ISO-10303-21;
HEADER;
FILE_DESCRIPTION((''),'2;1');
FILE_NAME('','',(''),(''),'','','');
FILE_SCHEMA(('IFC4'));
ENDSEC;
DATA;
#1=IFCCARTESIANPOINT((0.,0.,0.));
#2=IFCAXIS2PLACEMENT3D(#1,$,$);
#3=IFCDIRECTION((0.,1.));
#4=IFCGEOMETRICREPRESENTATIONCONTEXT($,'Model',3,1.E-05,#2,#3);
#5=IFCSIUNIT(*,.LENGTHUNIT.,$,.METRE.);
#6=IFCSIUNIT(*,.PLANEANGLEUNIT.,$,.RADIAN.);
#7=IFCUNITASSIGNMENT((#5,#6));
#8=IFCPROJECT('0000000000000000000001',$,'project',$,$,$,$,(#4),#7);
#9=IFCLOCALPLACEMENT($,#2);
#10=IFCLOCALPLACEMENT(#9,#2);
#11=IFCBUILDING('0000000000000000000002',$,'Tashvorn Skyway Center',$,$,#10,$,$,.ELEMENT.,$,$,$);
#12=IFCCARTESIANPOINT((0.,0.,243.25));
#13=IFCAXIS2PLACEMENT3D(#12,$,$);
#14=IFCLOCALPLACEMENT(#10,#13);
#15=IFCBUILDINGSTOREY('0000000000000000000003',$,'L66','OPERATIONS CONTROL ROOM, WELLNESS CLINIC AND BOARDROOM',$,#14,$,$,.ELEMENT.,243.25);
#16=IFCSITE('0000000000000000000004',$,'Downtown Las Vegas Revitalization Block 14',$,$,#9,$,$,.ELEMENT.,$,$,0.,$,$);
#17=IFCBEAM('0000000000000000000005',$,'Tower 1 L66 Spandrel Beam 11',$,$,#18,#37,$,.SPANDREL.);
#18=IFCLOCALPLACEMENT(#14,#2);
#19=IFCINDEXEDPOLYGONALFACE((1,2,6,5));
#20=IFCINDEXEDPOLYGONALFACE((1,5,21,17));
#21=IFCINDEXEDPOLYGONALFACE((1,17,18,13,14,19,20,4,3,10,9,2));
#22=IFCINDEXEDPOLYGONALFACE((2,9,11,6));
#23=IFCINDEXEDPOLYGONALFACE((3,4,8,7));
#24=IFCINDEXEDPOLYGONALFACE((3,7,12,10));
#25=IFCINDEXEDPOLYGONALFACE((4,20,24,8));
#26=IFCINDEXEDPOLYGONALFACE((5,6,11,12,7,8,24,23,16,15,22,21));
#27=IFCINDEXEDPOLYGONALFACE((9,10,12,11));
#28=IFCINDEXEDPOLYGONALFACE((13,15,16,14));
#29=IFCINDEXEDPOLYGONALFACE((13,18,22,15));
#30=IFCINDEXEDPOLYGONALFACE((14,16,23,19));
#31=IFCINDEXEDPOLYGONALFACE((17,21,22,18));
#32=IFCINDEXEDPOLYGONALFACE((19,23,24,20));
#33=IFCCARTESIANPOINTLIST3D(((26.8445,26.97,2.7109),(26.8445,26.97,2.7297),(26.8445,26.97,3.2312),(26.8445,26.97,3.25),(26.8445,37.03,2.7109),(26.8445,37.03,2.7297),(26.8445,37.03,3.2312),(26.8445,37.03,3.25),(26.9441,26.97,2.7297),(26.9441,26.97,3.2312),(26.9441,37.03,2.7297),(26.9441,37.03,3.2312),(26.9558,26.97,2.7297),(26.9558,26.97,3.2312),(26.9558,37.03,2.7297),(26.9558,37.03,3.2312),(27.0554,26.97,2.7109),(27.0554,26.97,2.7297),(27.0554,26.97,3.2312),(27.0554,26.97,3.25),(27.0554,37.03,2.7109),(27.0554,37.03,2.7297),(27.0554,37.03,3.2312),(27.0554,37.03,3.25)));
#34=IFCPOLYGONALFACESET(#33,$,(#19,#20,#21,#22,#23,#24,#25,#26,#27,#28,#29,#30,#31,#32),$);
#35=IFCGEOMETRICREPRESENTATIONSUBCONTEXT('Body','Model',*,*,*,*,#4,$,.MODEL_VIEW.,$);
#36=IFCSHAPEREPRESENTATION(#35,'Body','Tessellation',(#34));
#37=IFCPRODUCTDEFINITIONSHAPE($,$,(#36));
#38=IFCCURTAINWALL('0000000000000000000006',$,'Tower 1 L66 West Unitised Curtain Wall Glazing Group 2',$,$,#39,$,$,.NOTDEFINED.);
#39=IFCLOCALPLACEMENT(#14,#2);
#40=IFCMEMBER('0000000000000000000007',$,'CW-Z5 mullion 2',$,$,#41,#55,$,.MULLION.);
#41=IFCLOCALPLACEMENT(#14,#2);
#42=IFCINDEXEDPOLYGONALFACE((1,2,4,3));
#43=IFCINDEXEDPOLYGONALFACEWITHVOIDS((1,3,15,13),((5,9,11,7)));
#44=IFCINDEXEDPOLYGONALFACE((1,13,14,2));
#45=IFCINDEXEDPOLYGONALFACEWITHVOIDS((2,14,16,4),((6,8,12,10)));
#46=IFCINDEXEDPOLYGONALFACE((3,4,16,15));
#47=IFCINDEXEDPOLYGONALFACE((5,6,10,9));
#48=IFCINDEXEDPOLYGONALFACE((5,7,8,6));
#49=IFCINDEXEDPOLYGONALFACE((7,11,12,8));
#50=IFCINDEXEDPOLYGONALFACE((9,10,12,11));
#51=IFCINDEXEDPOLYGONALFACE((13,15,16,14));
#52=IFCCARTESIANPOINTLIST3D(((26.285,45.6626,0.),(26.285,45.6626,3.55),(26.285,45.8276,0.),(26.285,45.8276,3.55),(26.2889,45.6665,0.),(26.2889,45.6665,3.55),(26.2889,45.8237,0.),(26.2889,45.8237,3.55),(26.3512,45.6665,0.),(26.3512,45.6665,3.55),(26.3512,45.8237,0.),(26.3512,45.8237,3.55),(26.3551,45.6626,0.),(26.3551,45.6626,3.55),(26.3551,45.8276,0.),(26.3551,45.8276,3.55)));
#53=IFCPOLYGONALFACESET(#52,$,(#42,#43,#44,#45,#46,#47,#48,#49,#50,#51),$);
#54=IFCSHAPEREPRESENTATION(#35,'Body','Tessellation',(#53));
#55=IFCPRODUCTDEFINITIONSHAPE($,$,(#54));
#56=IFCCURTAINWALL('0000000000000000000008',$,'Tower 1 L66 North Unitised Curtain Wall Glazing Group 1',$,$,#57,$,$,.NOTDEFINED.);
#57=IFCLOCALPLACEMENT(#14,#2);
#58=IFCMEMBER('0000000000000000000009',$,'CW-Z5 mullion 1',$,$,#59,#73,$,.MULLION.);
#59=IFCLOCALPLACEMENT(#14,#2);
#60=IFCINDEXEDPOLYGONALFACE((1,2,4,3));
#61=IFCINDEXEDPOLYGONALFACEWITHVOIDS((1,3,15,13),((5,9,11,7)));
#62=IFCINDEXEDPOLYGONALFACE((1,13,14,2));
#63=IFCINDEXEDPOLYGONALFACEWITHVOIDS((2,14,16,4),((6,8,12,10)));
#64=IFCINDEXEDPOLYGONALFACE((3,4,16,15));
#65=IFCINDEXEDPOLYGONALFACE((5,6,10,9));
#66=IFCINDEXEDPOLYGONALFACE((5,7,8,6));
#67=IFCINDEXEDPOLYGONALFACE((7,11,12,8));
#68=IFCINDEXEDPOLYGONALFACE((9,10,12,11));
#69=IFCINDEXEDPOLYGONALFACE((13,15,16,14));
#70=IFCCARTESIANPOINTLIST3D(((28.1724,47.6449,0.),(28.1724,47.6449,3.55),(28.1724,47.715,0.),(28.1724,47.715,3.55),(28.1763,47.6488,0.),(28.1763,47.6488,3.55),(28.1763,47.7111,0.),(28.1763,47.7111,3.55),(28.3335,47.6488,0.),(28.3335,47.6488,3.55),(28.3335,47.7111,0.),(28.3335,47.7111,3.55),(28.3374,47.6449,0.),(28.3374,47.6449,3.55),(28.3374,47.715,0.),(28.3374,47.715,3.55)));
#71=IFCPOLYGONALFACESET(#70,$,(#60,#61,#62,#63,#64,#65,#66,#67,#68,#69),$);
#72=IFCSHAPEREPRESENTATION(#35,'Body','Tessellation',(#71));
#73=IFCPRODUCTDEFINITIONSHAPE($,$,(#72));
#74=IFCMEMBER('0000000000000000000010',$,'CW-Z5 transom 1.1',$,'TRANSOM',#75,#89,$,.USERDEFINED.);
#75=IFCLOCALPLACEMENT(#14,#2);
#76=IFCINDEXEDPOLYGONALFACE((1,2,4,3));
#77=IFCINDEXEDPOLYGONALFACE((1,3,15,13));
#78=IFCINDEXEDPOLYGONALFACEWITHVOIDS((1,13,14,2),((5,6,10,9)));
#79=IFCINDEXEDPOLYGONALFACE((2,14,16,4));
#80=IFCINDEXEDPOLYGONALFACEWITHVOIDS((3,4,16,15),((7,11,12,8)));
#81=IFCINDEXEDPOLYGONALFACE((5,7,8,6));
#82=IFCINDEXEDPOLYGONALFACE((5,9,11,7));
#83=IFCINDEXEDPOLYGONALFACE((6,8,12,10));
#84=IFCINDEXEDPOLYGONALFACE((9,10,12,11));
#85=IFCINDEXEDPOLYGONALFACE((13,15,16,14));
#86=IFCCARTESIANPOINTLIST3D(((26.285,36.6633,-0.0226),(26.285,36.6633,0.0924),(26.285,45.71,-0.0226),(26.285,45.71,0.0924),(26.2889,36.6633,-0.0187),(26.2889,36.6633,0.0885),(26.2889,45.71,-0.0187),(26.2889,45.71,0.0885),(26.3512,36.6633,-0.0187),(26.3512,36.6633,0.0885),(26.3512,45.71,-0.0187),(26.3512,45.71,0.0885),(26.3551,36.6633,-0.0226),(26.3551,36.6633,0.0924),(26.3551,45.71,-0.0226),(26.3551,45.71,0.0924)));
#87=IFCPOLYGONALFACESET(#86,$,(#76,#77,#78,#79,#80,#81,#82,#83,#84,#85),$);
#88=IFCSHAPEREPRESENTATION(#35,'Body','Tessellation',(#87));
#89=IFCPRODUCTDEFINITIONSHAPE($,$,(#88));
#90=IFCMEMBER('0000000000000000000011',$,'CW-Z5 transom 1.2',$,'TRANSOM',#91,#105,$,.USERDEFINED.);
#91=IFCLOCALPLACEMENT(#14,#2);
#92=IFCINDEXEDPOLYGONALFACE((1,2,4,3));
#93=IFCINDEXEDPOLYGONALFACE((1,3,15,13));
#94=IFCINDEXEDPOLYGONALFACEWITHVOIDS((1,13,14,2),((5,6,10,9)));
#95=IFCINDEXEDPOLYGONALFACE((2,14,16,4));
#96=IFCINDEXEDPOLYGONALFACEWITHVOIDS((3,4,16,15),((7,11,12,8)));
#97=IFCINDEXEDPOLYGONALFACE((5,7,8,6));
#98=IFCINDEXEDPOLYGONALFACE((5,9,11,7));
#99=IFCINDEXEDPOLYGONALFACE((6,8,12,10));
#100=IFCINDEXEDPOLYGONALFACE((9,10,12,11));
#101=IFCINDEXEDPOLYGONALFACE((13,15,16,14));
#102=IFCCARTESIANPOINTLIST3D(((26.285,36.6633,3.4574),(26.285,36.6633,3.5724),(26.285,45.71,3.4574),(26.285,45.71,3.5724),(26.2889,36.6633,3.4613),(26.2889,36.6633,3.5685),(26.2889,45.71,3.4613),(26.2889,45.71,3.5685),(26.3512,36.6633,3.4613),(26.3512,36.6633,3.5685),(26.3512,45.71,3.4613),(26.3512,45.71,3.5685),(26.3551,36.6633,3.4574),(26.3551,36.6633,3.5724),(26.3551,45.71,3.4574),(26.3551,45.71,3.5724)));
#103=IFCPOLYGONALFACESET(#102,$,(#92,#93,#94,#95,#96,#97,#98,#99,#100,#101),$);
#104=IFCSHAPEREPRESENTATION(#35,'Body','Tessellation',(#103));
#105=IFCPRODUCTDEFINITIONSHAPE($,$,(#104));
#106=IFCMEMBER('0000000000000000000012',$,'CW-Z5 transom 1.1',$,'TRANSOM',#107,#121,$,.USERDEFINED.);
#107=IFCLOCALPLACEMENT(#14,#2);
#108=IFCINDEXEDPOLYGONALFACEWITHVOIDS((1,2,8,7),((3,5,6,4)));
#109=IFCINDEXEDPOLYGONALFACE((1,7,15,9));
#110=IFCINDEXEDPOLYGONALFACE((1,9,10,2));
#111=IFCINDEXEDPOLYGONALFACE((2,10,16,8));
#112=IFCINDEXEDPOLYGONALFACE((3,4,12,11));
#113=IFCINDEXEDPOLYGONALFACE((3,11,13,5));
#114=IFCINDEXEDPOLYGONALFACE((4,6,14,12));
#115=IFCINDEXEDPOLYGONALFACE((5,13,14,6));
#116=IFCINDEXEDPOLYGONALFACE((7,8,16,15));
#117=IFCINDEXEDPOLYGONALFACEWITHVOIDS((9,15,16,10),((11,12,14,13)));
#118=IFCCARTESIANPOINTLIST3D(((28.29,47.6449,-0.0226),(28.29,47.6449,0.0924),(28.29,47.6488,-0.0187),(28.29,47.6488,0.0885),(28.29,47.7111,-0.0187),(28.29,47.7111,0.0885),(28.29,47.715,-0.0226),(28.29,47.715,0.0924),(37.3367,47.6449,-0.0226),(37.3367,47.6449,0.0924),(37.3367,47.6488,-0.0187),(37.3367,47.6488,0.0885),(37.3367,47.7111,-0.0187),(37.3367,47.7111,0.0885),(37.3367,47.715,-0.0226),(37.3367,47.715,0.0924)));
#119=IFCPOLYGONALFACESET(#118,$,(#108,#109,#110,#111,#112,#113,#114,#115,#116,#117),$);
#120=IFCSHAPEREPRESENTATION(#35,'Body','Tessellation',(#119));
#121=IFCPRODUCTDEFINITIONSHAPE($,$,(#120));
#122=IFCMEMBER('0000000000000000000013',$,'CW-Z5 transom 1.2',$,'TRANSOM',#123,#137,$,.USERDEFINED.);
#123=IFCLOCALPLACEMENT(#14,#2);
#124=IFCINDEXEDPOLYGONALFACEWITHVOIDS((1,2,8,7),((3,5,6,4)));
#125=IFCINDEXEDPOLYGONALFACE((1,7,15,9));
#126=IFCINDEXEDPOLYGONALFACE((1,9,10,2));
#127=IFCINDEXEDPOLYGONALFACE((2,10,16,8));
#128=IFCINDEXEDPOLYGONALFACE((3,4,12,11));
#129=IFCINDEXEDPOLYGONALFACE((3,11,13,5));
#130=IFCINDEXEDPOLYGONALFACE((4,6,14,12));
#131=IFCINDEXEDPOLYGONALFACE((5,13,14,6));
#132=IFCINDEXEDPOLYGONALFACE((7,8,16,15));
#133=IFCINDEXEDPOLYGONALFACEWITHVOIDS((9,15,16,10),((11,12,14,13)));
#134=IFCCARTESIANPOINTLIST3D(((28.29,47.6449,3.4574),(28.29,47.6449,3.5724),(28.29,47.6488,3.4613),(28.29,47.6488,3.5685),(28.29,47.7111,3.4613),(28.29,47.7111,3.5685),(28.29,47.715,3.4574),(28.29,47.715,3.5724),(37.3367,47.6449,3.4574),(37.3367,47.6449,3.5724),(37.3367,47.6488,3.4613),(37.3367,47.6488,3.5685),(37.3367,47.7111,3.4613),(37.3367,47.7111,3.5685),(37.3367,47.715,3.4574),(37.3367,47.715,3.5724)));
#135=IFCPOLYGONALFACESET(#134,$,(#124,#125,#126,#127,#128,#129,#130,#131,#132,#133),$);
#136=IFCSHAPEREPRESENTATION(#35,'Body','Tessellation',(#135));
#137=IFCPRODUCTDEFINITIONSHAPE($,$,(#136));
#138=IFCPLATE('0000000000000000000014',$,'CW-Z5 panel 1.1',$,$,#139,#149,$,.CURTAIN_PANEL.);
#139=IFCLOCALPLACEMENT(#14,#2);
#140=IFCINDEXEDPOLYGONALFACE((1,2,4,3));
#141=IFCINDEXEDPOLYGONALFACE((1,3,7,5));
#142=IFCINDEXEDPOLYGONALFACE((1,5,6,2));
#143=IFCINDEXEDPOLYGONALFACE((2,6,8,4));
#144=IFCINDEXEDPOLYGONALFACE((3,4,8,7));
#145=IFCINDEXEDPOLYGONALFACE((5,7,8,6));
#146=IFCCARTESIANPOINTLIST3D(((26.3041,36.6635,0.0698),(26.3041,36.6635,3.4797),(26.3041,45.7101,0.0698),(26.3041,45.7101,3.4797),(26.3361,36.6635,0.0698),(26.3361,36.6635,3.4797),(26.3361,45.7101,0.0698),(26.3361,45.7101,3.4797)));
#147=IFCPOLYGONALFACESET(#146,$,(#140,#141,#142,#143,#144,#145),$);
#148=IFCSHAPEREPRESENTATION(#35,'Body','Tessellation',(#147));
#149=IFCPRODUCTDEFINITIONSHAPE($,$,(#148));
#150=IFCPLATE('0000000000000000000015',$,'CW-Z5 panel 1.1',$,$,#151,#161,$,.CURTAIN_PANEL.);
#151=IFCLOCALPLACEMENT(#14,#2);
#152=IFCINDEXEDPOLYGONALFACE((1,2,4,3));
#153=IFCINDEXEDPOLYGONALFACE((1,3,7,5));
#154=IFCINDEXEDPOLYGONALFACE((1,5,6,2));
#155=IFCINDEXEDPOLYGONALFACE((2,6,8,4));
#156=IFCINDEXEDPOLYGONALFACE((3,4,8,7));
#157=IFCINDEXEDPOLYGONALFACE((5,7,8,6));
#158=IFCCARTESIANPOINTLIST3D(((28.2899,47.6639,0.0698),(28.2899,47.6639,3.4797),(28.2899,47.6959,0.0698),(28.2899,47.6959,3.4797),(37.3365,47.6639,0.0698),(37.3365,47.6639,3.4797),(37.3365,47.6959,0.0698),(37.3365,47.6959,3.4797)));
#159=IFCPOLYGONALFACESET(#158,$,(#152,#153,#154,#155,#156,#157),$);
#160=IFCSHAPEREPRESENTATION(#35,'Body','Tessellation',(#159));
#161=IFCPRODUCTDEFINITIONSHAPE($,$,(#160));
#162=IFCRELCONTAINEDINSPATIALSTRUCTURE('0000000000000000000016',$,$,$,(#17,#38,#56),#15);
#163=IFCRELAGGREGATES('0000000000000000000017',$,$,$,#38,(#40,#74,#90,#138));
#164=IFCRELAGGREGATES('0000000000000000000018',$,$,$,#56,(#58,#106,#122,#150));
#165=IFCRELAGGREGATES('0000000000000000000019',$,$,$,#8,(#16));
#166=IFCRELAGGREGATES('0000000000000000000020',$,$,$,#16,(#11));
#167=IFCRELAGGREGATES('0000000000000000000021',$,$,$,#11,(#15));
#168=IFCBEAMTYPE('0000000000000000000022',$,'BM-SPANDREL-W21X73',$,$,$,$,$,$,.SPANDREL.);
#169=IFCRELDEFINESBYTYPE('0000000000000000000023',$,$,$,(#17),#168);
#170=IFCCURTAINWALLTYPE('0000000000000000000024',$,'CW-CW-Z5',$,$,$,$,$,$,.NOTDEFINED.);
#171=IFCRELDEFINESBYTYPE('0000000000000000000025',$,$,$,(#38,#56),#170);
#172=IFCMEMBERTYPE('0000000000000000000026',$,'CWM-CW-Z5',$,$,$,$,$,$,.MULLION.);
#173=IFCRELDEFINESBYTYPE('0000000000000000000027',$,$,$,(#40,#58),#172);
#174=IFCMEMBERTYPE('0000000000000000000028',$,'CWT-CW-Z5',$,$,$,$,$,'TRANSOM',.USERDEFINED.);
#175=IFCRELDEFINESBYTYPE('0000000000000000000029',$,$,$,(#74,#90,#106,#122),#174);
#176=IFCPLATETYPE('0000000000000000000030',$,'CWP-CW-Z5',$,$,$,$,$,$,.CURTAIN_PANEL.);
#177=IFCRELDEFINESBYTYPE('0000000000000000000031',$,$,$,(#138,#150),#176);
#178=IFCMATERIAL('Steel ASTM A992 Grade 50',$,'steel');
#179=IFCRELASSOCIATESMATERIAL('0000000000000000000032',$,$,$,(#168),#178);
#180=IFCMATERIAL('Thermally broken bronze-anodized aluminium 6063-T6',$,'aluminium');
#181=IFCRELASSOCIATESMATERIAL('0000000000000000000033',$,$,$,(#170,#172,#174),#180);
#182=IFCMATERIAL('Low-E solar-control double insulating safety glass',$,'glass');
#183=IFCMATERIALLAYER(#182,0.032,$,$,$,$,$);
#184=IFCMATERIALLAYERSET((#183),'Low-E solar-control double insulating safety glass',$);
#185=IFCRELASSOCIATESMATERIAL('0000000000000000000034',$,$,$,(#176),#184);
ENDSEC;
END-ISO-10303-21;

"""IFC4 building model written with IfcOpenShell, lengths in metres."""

from ifc_helpers import new_model, si_unit, direction, frame, origin, origin_2d, place, context, subcontext, project, spatial, rectangle, hollow_rectangle, i_section, extrude, material, layer, layer_set, material_profile, profile_set, type_object, element, aggregate, save


model = new_model("IFC4")

# Units and contexts
model_context = context("Model", 3, precision=1e-05, world=origin(), true_north=direction((0.0, 1.0)))
body_context = subcontext(model_context, "Body", "Model", "MODEL_VIEW")
ifc_project = project(units=[si_unit("LENGTHUNIT", "METRE"), si_unit("PLANEANGLEUNIT", "RADIAN")], contexts=[model_context])

# Site, building, storey
site_placement = place(None, origin())
site = spatial("IfcSite", under=ifc_project, at=site_placement, Name="Downtown Las Vegas Revitalization Block 14", CompositionType="ELEMENT", RefElevation=0.0)
building_placement = place(site_placement, origin())
building = spatial("IfcBuilding", under=site, at=building_placement, Name="Tashvorn Skyway Center", CompositionType="ELEMENT")
storey_placement = place(building_placement, frame((0.0, 0.0, 243.25)))
storey = spatial("IfcBuildingStorey", under=building, at=storey_placement, Name="L66", Description="OPERATIONS CONTROL ROOM, WELLNESS CLINIC AND BOARDROOM", CompositionType="ELEMENT", Elevation=243.25)

# Beam
ifc_material_1 = material(Name="Steel ASTM A992 Grade 50", Category="steel")
ifc_material_profile_1 = material_profile(ifc_material_1, i_section(OverallWidth=0.2109, OverallDepth=0.5391, WebThickness=0.0117, FlangeThickness=0.0188, at=origin_2d()), Name="W21X73")
ifc_profile_set_1 = profile_set([ifc_material_profile_1], Name="Steel ASTM A992 Grade 50")
beam_type_1 = type_object("IfcBeamType", Name="BM-SPANDREL-W21X73", PredefinedType="SPANDREL", material=ifc_profile_set_1)
beam_1_placement = place(storey_placement, frame((26.95, 37.03, 2.9805), z_axis=(0.0, -1.0, 0.0), x_axis=(1.0, 0.0, 0.0)))
element("IfcBeam", 1, at=beam_1_placement, inside=storey, type_object=beam_type_1, Name="Tower 1 L66 Spandrel Beam 11", PredefinedType="SPANDREL", context=body_context, shape_type="SweptSolid", body=[
    extrude(i_section(OverallWidth=0.2109, OverallDepth=0.5391, WebThickness=0.0117, FlangeThickness=0.0188, at=origin_2d()), origin(), (0.0, 0.0, 1.0), 10.0601),
])

# Curtain walls, members
ifc_material_2 = material(Name="Thermally broken bronze-anodized aluminium 6063-T6", Category="aluminium")
curtain_wall_type = type_object("IfcCurtainWallType", Name="CW-CW-Z5", PredefinedType="NOTDEFINED", material=ifc_material_2)
curtain_wall_1_placement = place(storey_placement, origin())
curtain_wall_1 = element("IfcCurtainWall", 2, at=curtain_wall_1_placement, inside=storey, type_object=curtain_wall_type, Name="Tower 1 L66 West Unitised Curtain Wall Glazing Group 2", PredefinedType="NOTDEFINED")
ifc_material_profile_2 = material_profile(ifc_material_2, hollow_rectangle(XDim=0.0701, YDim=0.165, WallThickness=0.0039, at=origin_2d()), Name="ALU-MULL-70x165")
ifc_profile_set_2 = profile_set([ifc_material_profile_2], Name="Thermally broken bronze-anodized aluminium 6063-T6")
member_type_1 = type_object("IfcMemberType", Name="CWM-CW-Z5", PredefinedType="MULLION", material=ifc_profile_set_2)
member_1_placement = place(storey_placement, frame((26.3201, 45.7451, 0.0), z_axis=(0.0, 0.0, 1.0), x_axis=(-1.0, 0.0, 0.0)))
member_1 = element("IfcMember", 3, at=member_1_placement, type_object=member_type_1, Name="CW-Z5 mullion 2", PredefinedType="MULLION", context=body_context, shape_type="SweptSolid", body=[
    extrude(hollow_rectangle(XDim=0.0701, YDim=0.165, WallThickness=0.0039, at=origin_2d()), origin(), (0.0, 0.0, 1.0), 3.55),
])
curtain_wall_2_placement = place(storey_placement, origin())
curtain_wall_2 = element("IfcCurtainWall", 4, at=curtain_wall_2_placement, inside=storey, type_object=curtain_wall_type, Name="Tower 1 L66 North Unitised Curtain Wall Glazing Group 1", PredefinedType="NOTDEFINED")
member_2_placement = place(storey_placement, frame((28.2549, 47.6799, 0.0), z_axis=(0.0, 0.0, 1.0), x_axis=(0.0, 1.0, 0.0)))
member_2 = element("IfcMember", 5, at=member_2_placement, type_object=member_type_1, Name="CW-Z5 mullion 1", PredefinedType="MULLION", context=body_context, shape_type="SweptSolid", body=[
    extrude(hollow_rectangle(XDim=0.0701, YDim=0.165, WallThickness=0.0039, at=origin_2d()), origin(), (0.0, 0.0, 1.0), 3.55),
])

# Members
ifc_material_profile_3 = material_profile(ifc_material_2, hollow_rectangle(XDim=0.0701, YDim=0.115, WallThickness=0.0039, at=origin_2d()), Name="ALU-TRAN-70x115")
ifc_profile_set_3 = profile_set([ifc_material_profile_3], Name="Thermally broken bronze-anodized aluminium 6063-T6")
member_type_2 = type_object("IfcMemberType", Name="CWT-CW-Z5", ElementType="TRANSOM", PredefinedType="USERDEFINED", material=ifc_profile_set_3)
member_3_placement = place(storey_placement, frame((26.3201, 36.6633, 0.0349), z_axis=(0.0, 1.0, 0.0), x_axis=(-1.0, 0.0, 0.0)))
member_3 = element("IfcMember", 6, at=member_3_placement, type_object=member_type_2, Name="CW-Z5 transom 1.1", ObjectType="TRANSOM", PredefinedType="USERDEFINED", context=body_context, shape_type="SweptSolid", body=[
    extrude(hollow_rectangle(XDim=0.0701, YDim=0.115, WallThickness=0.0039, at=origin_2d()), origin(), (0.0, 0.0, 1.0), 9.0466),
])
member_4_placement = place(storey_placement, frame((26.3201, 36.6633, 3.5149), z_axis=(0.0, 1.0, 0.0), x_axis=(-1.0, 0.0, 0.0)))
member_4 = element("IfcMember", 7, at=member_4_placement, type_object=member_type_2, Name="CW-Z5 transom 1.2", ObjectType="TRANSOM", PredefinedType="USERDEFINED", context=body_context, shape_type="SweptSolid", body=[
    extrude(hollow_rectangle(XDim=0.0701, YDim=0.115, WallThickness=0.0039, at=origin_2d()), origin(), (0.0, 0.0, 1.0), 9.0466),
])
member_5_placement = place(storey_placement, frame((28.29, 47.6799, 0.0349), z_axis=(1.0, 0.0, 0.0), x_axis=(0.0, 1.0, 0.0)))
member_5 = element("IfcMember", 8, at=member_5_placement, type_object=member_type_2, Name="CW-Z5 transom 1.1", ObjectType="TRANSOM", PredefinedType="USERDEFINED", context=body_context, shape_type="SweptSolid", body=[
    extrude(hollow_rectangle(XDim=0.0701, YDim=0.115, WallThickness=0.0039, at=origin_2d()), origin(), (0.0, 0.0, 1.0), 9.0466),
])
member_6_placement = place(storey_placement, frame((28.29, 47.6799, 3.5149), z_axis=(1.0, 0.0, 0.0), x_axis=(0.0, 1.0, 0.0)))
member_6 = element("IfcMember", 9, at=member_6_placement, type_object=member_type_2, Name="CW-Z5 transom 1.2", ObjectType="TRANSOM", PredefinedType="USERDEFINED", context=body_context, shape_type="SweptSolid", body=[
    extrude(hollow_rectangle(XDim=0.0701, YDim=0.115, WallThickness=0.0039, at=origin_2d()), origin(), (0.0, 0.0, 1.0), 9.0466),
])

# Plates
ifc_material_3 = material(Name="Low-E solar-control double insulating safety glass", Category="glass")
ifc_layer_1 = layer(ifc_material_3, 0.032)
ifc_layer_set_1 = layer_set([ifc_layer_1], Name="Low-E solar-control double insulating safety glass")
plate_type = type_object("IfcPlateType", Name="CWP-CW-Z5", PredefinedType="CURTAIN_PANEL", material=ifc_layer_set_1)
plate_1_placement = place(storey_placement, frame((26.3201, 41.1868, 0.0698), z_axis=(0.0, 0.0, 1.0), x_axis=(0.0, 1.0, 0.0)))
plate_1 = element("IfcPlate", 10, at=plate_1_placement, type_object=plate_type, Name="CW-Z5 panel 1.1", PredefinedType="CURTAIN_PANEL", context=body_context, shape_type="SweptSolid", body=[
    extrude(rectangle(XDim=9.0466, YDim=0.032, at=origin_2d()), origin(), (0.0, 0.0, 1.0), 3.4099),
])
aggregate(curtain_wall_1, [member_1, member_3, member_4, plate_1])
plate_2_placement = place(storey_placement, frame((32.8132, 47.6799, 0.0698), z_axis=(0.0, 0.0, 1.0), x_axis=(1.0, 0.0, 0.0)))
plate_2 = element("IfcPlate", 11, at=plate_2_placement, type_object=plate_type, Name="CW-Z5 panel 1.1", PredefinedType="CURTAIN_PANEL", context=body_context, shape_type="SweptSolid", body=[
    extrude(rectangle(XDim=9.0466, YDim=0.032, at=origin_2d()), origin(), (0.0, 0.0, 1.0), 3.4099),
])
aggregate(curtain_wall_2, [member_2, member_5, member_6, plate_2])

save(model, "model.ifc")
